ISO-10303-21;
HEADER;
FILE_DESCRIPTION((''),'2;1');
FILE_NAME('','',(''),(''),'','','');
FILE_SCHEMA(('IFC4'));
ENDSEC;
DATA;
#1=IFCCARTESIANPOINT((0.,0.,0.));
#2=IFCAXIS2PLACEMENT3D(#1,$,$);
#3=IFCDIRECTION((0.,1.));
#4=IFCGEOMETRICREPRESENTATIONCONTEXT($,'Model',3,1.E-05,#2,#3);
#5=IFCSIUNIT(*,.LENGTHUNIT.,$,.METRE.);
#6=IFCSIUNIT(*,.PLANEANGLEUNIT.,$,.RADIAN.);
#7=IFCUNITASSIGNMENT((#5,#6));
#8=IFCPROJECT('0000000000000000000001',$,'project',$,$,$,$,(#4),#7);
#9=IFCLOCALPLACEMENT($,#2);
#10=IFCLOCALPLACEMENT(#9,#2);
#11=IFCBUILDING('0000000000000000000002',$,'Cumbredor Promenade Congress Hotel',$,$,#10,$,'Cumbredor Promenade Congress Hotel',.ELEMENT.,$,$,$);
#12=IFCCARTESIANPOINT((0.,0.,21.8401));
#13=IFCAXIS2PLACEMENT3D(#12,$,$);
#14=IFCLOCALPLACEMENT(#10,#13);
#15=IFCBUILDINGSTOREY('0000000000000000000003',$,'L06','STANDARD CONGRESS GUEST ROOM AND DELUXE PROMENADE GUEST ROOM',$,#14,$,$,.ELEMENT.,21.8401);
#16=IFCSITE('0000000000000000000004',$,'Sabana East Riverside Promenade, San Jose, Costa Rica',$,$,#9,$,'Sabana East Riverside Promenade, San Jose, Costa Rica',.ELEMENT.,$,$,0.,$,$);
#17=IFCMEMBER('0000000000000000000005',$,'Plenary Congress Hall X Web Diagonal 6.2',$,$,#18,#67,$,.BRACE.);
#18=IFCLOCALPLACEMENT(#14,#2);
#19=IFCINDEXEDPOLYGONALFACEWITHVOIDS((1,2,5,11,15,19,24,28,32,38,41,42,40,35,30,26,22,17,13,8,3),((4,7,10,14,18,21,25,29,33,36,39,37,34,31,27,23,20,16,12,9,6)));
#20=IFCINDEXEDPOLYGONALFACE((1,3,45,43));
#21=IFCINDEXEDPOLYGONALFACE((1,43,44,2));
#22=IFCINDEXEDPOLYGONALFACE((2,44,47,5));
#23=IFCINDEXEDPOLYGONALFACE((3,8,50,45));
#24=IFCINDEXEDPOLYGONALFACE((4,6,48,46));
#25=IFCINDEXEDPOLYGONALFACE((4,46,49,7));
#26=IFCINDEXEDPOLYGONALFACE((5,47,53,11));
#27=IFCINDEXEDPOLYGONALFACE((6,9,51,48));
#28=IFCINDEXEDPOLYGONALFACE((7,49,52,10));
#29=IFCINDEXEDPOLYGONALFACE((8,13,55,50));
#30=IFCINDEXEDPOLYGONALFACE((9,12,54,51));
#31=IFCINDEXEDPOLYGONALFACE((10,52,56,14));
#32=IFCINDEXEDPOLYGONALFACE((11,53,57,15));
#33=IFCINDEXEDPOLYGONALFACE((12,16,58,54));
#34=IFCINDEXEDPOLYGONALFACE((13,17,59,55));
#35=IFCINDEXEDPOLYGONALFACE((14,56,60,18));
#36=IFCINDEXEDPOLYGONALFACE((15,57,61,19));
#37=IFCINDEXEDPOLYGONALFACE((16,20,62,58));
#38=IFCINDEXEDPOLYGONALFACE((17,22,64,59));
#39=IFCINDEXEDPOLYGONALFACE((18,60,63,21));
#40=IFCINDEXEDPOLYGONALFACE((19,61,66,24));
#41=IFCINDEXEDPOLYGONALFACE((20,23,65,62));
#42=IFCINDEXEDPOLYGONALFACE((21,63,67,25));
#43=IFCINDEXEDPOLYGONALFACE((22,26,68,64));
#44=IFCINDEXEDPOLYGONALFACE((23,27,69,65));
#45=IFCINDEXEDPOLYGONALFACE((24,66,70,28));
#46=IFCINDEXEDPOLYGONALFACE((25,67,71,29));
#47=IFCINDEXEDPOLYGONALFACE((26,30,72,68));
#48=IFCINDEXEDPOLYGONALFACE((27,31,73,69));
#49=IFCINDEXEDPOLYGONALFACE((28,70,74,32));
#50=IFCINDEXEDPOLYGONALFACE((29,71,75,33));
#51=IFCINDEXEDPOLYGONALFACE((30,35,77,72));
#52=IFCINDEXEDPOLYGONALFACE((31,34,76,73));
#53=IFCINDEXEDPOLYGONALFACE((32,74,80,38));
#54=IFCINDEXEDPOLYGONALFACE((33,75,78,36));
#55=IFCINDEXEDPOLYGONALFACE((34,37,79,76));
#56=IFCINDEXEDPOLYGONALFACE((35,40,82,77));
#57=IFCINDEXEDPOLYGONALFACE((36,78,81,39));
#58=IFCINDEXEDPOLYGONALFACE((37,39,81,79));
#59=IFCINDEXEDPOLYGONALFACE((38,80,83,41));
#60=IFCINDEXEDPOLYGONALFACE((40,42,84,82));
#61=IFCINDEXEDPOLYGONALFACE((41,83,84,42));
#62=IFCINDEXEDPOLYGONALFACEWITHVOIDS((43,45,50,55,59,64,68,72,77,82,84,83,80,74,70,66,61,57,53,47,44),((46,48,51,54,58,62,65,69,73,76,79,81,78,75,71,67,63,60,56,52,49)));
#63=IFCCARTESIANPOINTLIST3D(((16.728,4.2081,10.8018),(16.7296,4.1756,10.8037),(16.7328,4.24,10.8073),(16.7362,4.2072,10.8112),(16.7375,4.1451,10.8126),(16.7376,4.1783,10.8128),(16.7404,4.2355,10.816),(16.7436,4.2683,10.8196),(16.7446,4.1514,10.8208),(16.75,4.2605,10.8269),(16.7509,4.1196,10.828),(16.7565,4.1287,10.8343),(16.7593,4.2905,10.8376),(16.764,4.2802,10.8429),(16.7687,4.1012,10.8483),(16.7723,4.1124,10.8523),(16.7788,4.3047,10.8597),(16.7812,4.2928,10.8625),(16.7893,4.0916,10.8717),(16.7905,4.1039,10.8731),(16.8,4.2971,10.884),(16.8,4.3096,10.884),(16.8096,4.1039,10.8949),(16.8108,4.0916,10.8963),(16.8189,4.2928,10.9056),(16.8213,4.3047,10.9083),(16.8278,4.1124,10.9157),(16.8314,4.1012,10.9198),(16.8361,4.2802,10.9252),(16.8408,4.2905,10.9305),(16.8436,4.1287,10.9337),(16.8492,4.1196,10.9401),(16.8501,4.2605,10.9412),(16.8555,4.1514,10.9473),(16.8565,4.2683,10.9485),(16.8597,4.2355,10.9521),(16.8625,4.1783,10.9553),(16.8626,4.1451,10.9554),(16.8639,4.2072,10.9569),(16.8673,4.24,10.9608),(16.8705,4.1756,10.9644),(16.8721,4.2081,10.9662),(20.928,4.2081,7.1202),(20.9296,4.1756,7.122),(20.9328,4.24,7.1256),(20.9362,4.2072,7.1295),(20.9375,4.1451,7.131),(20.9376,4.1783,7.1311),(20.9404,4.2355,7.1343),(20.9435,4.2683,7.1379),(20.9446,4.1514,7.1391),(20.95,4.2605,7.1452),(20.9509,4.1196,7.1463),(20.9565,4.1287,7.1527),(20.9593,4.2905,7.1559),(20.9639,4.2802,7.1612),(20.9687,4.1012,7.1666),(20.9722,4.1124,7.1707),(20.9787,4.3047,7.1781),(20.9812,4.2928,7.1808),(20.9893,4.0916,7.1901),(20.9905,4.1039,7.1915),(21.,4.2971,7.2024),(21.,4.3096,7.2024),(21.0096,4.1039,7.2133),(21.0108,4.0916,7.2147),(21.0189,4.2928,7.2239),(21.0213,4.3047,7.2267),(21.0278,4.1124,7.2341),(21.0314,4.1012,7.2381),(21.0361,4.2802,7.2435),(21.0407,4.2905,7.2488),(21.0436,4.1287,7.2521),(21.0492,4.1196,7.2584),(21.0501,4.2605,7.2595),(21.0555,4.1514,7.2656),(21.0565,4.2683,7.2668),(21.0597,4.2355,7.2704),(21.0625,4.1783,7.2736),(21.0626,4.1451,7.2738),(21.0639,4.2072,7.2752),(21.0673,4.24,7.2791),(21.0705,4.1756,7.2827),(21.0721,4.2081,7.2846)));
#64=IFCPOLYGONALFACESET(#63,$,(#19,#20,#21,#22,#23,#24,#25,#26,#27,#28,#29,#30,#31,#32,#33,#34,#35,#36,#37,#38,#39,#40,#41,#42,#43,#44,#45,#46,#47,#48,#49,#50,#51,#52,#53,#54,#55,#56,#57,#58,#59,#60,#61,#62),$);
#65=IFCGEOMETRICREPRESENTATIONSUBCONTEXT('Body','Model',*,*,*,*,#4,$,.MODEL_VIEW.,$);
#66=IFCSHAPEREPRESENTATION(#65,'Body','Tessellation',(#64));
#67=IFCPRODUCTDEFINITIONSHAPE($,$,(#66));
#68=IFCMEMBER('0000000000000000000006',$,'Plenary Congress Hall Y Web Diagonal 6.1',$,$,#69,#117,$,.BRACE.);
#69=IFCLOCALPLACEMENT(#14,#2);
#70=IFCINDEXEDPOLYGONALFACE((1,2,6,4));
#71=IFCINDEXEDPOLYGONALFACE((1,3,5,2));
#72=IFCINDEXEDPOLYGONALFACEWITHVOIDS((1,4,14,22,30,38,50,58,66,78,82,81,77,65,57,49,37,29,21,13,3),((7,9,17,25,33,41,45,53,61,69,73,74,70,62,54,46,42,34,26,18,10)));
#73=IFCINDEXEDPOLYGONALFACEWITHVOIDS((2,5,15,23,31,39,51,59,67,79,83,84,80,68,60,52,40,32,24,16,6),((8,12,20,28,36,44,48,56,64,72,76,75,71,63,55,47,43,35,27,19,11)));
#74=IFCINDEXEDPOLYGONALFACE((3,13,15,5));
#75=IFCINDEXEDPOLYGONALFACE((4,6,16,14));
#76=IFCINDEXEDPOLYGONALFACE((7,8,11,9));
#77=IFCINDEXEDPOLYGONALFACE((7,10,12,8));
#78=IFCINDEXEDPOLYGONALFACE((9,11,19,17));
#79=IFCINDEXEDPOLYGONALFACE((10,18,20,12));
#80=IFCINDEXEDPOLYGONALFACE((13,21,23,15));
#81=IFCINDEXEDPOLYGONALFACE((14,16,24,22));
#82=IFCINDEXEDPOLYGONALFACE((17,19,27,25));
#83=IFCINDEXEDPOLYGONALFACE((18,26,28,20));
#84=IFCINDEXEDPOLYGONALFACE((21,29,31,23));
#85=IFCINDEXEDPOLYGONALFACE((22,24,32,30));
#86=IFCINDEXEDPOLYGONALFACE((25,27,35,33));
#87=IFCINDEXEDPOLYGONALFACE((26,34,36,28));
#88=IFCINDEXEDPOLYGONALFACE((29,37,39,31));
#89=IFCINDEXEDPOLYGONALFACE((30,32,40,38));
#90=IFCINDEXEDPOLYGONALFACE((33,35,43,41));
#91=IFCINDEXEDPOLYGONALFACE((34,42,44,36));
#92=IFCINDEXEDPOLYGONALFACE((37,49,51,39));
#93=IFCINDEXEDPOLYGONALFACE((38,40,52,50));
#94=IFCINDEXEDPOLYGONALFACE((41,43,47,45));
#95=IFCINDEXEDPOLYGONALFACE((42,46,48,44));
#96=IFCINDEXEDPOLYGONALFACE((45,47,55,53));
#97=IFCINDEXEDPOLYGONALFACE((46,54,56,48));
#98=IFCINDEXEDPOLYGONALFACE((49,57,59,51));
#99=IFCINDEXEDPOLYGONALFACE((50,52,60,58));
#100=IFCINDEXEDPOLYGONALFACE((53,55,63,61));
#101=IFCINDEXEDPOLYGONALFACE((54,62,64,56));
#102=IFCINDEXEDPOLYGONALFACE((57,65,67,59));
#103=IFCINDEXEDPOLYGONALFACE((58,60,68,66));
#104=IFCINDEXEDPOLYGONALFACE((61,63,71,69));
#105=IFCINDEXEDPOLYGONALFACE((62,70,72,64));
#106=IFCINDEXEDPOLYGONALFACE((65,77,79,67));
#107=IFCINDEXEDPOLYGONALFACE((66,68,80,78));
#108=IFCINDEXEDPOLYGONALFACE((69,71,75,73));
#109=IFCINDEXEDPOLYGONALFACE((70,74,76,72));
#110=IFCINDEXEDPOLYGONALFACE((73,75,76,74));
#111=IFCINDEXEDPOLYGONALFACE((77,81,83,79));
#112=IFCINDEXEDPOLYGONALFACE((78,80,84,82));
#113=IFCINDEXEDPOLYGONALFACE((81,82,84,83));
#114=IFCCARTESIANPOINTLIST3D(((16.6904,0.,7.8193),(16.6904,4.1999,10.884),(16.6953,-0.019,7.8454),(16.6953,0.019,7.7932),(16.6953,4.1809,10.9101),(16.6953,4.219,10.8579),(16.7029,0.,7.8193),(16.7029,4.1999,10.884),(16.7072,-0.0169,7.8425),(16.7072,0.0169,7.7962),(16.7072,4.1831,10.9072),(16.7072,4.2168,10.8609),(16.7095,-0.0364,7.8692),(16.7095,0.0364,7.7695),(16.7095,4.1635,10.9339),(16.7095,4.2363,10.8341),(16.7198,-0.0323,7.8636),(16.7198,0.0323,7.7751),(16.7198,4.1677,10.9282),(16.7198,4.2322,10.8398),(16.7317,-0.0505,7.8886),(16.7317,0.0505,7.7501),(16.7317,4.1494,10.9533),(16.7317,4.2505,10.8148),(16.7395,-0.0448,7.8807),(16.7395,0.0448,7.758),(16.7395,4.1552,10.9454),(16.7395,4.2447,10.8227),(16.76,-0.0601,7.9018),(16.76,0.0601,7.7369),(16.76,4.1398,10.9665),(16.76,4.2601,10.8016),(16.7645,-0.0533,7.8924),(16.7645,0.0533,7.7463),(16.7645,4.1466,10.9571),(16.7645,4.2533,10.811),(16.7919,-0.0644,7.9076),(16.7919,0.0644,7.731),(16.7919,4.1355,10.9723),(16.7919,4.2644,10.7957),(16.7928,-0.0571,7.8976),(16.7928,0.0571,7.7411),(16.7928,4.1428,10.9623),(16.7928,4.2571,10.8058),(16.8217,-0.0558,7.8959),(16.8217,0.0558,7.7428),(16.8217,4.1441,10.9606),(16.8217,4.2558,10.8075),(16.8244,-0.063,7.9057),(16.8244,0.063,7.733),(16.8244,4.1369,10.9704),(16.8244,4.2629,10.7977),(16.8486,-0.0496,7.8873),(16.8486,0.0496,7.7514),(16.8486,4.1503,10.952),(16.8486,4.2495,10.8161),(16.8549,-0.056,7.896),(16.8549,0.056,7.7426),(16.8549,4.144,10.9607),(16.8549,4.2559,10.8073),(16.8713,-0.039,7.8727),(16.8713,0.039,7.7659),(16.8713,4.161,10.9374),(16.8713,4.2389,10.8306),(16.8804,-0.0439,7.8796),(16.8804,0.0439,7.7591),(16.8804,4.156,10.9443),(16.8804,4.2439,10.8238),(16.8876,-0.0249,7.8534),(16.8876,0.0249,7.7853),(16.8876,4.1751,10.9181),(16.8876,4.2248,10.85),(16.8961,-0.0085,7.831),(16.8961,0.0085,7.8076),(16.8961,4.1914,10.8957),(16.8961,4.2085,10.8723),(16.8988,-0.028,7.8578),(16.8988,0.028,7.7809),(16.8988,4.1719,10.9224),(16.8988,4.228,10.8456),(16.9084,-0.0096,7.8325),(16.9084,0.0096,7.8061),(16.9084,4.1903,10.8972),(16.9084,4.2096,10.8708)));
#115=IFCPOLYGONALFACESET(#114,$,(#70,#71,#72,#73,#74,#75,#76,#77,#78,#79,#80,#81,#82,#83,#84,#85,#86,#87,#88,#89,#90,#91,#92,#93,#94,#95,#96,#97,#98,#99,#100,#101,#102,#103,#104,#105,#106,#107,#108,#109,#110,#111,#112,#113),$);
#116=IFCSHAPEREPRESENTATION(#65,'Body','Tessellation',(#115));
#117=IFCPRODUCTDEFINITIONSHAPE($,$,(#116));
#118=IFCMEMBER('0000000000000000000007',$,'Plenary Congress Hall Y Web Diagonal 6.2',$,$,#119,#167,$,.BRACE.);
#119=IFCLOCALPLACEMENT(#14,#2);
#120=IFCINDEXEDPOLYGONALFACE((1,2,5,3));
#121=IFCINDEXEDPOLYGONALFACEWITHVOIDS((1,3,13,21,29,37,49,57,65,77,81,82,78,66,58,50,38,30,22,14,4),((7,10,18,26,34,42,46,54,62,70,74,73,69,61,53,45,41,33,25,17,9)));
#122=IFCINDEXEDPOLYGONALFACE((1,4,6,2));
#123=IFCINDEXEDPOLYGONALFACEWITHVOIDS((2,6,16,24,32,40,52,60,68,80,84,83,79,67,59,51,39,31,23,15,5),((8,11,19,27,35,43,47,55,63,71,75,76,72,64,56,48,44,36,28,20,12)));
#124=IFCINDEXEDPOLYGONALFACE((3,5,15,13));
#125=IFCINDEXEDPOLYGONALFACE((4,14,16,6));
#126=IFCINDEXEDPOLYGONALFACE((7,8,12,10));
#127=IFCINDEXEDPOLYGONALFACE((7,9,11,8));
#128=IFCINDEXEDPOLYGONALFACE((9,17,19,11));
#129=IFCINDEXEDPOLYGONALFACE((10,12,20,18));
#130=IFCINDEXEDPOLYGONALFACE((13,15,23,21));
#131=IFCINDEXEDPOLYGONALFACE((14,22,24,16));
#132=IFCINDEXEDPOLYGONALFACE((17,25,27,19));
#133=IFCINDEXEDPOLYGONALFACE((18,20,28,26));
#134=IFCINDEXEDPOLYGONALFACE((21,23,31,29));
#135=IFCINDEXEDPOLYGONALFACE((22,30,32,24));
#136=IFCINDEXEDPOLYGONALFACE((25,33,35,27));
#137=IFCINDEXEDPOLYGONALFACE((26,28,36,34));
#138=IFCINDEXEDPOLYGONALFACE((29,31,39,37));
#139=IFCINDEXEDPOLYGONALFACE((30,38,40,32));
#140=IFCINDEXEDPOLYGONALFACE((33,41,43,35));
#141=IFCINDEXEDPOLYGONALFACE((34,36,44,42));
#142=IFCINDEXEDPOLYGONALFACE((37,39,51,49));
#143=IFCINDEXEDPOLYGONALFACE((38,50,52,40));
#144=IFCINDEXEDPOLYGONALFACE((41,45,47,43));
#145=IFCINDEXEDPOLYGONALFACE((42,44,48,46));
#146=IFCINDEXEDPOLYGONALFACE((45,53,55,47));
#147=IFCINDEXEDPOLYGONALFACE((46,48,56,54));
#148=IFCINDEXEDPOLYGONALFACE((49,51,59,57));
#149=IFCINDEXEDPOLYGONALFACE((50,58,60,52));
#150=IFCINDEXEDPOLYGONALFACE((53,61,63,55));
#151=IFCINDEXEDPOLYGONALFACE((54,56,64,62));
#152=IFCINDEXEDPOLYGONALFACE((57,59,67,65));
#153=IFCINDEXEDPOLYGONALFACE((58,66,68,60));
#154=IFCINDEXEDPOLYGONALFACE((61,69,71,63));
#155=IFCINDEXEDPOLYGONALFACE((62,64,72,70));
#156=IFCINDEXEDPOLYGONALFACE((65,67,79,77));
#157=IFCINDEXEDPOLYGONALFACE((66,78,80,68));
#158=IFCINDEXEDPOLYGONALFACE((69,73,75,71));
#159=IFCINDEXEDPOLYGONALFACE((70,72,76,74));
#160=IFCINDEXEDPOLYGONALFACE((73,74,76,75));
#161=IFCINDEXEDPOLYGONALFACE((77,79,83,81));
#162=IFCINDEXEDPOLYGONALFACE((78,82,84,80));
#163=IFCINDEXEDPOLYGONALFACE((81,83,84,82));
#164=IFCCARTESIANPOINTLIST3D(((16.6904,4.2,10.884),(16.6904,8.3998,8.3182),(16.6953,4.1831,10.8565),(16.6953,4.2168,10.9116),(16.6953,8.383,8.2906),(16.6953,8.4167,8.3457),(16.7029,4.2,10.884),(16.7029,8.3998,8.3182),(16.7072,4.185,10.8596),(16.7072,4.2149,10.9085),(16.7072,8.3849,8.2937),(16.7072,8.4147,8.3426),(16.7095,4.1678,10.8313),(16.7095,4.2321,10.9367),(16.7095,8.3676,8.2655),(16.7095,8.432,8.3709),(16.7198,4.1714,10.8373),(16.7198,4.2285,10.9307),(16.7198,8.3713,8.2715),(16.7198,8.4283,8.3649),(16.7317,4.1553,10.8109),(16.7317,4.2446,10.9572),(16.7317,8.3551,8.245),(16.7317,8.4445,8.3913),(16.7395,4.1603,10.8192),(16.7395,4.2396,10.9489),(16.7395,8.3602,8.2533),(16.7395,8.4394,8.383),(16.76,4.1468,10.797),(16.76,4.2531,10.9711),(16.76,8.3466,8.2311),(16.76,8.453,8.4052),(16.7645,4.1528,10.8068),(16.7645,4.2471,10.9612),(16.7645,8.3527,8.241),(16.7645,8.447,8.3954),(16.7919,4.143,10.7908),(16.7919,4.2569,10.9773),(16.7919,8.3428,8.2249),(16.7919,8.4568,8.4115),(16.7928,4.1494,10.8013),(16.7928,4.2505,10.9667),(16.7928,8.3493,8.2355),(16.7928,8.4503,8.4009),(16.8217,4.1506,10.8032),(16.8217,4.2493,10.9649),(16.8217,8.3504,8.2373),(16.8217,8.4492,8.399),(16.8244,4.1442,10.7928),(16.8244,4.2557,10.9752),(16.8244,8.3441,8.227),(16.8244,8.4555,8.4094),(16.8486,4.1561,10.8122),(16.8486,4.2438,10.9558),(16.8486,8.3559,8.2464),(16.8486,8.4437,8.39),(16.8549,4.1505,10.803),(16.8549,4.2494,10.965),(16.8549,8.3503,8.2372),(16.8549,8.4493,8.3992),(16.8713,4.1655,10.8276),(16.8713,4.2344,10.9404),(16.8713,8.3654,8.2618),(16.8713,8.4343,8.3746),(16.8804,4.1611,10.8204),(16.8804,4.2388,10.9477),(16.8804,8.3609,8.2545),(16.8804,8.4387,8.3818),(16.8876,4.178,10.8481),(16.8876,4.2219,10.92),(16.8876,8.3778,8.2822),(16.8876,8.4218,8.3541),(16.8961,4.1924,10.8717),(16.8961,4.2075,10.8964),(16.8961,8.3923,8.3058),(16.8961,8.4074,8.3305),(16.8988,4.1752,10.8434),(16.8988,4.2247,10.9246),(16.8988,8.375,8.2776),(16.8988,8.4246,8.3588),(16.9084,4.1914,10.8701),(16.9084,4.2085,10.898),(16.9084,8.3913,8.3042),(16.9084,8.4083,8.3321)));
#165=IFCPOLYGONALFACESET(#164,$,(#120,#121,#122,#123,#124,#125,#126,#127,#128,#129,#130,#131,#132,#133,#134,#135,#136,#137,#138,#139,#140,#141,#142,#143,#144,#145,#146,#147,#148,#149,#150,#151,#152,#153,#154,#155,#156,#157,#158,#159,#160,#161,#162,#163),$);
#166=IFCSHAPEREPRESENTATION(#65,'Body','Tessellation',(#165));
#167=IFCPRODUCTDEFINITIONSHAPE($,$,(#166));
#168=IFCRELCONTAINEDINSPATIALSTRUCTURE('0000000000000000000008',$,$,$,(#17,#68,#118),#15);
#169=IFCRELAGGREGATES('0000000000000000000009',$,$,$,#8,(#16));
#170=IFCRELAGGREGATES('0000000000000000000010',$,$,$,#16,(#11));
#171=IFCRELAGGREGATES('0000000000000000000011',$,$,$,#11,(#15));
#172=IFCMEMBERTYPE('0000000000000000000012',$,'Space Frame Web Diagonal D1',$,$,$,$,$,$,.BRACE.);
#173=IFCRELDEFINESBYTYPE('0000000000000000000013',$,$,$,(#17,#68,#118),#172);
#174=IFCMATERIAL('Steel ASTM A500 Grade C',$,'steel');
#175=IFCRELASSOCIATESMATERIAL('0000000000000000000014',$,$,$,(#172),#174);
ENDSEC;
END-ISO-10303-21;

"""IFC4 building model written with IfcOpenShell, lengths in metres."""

from ifc_helpers import new_model, si_unit, direction, frame, origin, origin_2d, place, context, subcontext, project, spatial, hollow_circle, extrude, material, material_profile, profile_set, type_object, element, save


model = new_model("IFC4")

# Units and contexts
model_context = context("Model", 3, precision=1e-05, world=origin(), true_north=direction((0.0, 1.0)))
body_context = subcontext(model_context, "Body", "Model", "MODEL_VIEW")
ifc_project = project(units=[si_unit("LENGTHUNIT", "METRE"), si_unit("PLANEANGLEUNIT", "RADIAN")], contexts=[model_context])

# Site, building, storey
site_placement = place(None, origin())
site = spatial("IfcSite", under=ifc_project, at=site_placement, Name="Sabana East Riverside Promenade, San Jose, Costa Rica", LongName="Sabana East Riverside Promenade, San Jose, Costa Rica", CompositionType="ELEMENT", RefElevation=0.0)
building_placement = place(site_placement, origin())
building = spatial("IfcBuilding", under=site, at=building_placement, Name="Cumbredor Promenade Congress Hotel", LongName="Cumbredor Promenade Congress Hotel", CompositionType="ELEMENT")
storey_placement = place(building_placement, frame((0.0, 0.0, 21.8401)))
storey = spatial("IfcBuildingStorey", under=building, at=storey_placement, Name="L06", Description="STANDARD CONGRESS GUEST ROOM AND DELUXE PROMENADE GUEST ROOM", CompositionType="ELEMENT", Elevation=21.8401)

# Members
ifc_material_1 = material(Name="Steel ASTM A500 Grade C", Category="steel")
ifc_material_profile_1 = material_profile(ifc_material_1, hollow_circle(Radius=0.1096, WallThickness=0.0125, at=origin_2d()), Name="CHS 219.1x12.5")
ifc_profile_set_1 = profile_set([ifc_material_profile_1], Name="Steel ASTM A500 Grade C")
member_type_1 = type_object("IfcMemberType", Name="Space Frame Web Diagonal D1", PredefinedType="BRACE", material=ifc_profile_set_1)
member_1_placement = place(storey_placement, frame((16.8, 4.2, 10.884), z_axis=(0.751983, 0.0, -0.659182), x_axis=(0.0, 1.0, 0.0)))
element("IfcMember", 1, at=member_1_placement, inside=storey, type_object=member_type_1, Name="Plenary Congress Hall X Web Diagonal 6.2", PredefinedType="BRACE", context=body_context, shape_type="SweptSolid", body=[
    extrude(hollow_circle(Radius=0.1096, WallThickness=0.0125, at=origin_2d()), origin(), (0.0, 0.0, 1.0), 5.5852),
])
member_2_placement = place(storey_placement, frame((16.8, 0.0, 7.8193), z_axis=(0.0, 0.807803, 0.589453), x_axis=(-1.0, 0.0, 0.0)))
element("IfcMember", 2, at=member_2_placement, inside=storey, type_object=member_type_1, Name="Plenary Congress Hall Y Web Diagonal 6.1", PredefinedType="BRACE", context=body_context, shape_type="SweptSolid", body=[
    extrude(hollow_circle(Radius=0.1096, WallThickness=0.0125, at=origin_2d()), origin(), (0.0, 0.0, 1.0), 5.1992),
])
member_3_placement = place(storey_placement, frame((16.8, 4.2, 10.884), z_axis=(0.0, 0.853347, -0.521344), x_axis=(-1.0, 0.0, 0.0)))
element("IfcMember", 3, at=member_3_placement, inside=storey, type_object=member_type_1, Name="Plenary Congress Hall Y Web Diagonal 6.2", PredefinedType="BRACE", context=body_context, shape_type="SweptSolid", body=[
    extrude(hollow_circle(Radius=0.1096, WallThickness=0.0125, at=origin_2d()), origin(), (0.0, 0.0, 1.0), 4.9216),
])

save(model, "model.ifc")
